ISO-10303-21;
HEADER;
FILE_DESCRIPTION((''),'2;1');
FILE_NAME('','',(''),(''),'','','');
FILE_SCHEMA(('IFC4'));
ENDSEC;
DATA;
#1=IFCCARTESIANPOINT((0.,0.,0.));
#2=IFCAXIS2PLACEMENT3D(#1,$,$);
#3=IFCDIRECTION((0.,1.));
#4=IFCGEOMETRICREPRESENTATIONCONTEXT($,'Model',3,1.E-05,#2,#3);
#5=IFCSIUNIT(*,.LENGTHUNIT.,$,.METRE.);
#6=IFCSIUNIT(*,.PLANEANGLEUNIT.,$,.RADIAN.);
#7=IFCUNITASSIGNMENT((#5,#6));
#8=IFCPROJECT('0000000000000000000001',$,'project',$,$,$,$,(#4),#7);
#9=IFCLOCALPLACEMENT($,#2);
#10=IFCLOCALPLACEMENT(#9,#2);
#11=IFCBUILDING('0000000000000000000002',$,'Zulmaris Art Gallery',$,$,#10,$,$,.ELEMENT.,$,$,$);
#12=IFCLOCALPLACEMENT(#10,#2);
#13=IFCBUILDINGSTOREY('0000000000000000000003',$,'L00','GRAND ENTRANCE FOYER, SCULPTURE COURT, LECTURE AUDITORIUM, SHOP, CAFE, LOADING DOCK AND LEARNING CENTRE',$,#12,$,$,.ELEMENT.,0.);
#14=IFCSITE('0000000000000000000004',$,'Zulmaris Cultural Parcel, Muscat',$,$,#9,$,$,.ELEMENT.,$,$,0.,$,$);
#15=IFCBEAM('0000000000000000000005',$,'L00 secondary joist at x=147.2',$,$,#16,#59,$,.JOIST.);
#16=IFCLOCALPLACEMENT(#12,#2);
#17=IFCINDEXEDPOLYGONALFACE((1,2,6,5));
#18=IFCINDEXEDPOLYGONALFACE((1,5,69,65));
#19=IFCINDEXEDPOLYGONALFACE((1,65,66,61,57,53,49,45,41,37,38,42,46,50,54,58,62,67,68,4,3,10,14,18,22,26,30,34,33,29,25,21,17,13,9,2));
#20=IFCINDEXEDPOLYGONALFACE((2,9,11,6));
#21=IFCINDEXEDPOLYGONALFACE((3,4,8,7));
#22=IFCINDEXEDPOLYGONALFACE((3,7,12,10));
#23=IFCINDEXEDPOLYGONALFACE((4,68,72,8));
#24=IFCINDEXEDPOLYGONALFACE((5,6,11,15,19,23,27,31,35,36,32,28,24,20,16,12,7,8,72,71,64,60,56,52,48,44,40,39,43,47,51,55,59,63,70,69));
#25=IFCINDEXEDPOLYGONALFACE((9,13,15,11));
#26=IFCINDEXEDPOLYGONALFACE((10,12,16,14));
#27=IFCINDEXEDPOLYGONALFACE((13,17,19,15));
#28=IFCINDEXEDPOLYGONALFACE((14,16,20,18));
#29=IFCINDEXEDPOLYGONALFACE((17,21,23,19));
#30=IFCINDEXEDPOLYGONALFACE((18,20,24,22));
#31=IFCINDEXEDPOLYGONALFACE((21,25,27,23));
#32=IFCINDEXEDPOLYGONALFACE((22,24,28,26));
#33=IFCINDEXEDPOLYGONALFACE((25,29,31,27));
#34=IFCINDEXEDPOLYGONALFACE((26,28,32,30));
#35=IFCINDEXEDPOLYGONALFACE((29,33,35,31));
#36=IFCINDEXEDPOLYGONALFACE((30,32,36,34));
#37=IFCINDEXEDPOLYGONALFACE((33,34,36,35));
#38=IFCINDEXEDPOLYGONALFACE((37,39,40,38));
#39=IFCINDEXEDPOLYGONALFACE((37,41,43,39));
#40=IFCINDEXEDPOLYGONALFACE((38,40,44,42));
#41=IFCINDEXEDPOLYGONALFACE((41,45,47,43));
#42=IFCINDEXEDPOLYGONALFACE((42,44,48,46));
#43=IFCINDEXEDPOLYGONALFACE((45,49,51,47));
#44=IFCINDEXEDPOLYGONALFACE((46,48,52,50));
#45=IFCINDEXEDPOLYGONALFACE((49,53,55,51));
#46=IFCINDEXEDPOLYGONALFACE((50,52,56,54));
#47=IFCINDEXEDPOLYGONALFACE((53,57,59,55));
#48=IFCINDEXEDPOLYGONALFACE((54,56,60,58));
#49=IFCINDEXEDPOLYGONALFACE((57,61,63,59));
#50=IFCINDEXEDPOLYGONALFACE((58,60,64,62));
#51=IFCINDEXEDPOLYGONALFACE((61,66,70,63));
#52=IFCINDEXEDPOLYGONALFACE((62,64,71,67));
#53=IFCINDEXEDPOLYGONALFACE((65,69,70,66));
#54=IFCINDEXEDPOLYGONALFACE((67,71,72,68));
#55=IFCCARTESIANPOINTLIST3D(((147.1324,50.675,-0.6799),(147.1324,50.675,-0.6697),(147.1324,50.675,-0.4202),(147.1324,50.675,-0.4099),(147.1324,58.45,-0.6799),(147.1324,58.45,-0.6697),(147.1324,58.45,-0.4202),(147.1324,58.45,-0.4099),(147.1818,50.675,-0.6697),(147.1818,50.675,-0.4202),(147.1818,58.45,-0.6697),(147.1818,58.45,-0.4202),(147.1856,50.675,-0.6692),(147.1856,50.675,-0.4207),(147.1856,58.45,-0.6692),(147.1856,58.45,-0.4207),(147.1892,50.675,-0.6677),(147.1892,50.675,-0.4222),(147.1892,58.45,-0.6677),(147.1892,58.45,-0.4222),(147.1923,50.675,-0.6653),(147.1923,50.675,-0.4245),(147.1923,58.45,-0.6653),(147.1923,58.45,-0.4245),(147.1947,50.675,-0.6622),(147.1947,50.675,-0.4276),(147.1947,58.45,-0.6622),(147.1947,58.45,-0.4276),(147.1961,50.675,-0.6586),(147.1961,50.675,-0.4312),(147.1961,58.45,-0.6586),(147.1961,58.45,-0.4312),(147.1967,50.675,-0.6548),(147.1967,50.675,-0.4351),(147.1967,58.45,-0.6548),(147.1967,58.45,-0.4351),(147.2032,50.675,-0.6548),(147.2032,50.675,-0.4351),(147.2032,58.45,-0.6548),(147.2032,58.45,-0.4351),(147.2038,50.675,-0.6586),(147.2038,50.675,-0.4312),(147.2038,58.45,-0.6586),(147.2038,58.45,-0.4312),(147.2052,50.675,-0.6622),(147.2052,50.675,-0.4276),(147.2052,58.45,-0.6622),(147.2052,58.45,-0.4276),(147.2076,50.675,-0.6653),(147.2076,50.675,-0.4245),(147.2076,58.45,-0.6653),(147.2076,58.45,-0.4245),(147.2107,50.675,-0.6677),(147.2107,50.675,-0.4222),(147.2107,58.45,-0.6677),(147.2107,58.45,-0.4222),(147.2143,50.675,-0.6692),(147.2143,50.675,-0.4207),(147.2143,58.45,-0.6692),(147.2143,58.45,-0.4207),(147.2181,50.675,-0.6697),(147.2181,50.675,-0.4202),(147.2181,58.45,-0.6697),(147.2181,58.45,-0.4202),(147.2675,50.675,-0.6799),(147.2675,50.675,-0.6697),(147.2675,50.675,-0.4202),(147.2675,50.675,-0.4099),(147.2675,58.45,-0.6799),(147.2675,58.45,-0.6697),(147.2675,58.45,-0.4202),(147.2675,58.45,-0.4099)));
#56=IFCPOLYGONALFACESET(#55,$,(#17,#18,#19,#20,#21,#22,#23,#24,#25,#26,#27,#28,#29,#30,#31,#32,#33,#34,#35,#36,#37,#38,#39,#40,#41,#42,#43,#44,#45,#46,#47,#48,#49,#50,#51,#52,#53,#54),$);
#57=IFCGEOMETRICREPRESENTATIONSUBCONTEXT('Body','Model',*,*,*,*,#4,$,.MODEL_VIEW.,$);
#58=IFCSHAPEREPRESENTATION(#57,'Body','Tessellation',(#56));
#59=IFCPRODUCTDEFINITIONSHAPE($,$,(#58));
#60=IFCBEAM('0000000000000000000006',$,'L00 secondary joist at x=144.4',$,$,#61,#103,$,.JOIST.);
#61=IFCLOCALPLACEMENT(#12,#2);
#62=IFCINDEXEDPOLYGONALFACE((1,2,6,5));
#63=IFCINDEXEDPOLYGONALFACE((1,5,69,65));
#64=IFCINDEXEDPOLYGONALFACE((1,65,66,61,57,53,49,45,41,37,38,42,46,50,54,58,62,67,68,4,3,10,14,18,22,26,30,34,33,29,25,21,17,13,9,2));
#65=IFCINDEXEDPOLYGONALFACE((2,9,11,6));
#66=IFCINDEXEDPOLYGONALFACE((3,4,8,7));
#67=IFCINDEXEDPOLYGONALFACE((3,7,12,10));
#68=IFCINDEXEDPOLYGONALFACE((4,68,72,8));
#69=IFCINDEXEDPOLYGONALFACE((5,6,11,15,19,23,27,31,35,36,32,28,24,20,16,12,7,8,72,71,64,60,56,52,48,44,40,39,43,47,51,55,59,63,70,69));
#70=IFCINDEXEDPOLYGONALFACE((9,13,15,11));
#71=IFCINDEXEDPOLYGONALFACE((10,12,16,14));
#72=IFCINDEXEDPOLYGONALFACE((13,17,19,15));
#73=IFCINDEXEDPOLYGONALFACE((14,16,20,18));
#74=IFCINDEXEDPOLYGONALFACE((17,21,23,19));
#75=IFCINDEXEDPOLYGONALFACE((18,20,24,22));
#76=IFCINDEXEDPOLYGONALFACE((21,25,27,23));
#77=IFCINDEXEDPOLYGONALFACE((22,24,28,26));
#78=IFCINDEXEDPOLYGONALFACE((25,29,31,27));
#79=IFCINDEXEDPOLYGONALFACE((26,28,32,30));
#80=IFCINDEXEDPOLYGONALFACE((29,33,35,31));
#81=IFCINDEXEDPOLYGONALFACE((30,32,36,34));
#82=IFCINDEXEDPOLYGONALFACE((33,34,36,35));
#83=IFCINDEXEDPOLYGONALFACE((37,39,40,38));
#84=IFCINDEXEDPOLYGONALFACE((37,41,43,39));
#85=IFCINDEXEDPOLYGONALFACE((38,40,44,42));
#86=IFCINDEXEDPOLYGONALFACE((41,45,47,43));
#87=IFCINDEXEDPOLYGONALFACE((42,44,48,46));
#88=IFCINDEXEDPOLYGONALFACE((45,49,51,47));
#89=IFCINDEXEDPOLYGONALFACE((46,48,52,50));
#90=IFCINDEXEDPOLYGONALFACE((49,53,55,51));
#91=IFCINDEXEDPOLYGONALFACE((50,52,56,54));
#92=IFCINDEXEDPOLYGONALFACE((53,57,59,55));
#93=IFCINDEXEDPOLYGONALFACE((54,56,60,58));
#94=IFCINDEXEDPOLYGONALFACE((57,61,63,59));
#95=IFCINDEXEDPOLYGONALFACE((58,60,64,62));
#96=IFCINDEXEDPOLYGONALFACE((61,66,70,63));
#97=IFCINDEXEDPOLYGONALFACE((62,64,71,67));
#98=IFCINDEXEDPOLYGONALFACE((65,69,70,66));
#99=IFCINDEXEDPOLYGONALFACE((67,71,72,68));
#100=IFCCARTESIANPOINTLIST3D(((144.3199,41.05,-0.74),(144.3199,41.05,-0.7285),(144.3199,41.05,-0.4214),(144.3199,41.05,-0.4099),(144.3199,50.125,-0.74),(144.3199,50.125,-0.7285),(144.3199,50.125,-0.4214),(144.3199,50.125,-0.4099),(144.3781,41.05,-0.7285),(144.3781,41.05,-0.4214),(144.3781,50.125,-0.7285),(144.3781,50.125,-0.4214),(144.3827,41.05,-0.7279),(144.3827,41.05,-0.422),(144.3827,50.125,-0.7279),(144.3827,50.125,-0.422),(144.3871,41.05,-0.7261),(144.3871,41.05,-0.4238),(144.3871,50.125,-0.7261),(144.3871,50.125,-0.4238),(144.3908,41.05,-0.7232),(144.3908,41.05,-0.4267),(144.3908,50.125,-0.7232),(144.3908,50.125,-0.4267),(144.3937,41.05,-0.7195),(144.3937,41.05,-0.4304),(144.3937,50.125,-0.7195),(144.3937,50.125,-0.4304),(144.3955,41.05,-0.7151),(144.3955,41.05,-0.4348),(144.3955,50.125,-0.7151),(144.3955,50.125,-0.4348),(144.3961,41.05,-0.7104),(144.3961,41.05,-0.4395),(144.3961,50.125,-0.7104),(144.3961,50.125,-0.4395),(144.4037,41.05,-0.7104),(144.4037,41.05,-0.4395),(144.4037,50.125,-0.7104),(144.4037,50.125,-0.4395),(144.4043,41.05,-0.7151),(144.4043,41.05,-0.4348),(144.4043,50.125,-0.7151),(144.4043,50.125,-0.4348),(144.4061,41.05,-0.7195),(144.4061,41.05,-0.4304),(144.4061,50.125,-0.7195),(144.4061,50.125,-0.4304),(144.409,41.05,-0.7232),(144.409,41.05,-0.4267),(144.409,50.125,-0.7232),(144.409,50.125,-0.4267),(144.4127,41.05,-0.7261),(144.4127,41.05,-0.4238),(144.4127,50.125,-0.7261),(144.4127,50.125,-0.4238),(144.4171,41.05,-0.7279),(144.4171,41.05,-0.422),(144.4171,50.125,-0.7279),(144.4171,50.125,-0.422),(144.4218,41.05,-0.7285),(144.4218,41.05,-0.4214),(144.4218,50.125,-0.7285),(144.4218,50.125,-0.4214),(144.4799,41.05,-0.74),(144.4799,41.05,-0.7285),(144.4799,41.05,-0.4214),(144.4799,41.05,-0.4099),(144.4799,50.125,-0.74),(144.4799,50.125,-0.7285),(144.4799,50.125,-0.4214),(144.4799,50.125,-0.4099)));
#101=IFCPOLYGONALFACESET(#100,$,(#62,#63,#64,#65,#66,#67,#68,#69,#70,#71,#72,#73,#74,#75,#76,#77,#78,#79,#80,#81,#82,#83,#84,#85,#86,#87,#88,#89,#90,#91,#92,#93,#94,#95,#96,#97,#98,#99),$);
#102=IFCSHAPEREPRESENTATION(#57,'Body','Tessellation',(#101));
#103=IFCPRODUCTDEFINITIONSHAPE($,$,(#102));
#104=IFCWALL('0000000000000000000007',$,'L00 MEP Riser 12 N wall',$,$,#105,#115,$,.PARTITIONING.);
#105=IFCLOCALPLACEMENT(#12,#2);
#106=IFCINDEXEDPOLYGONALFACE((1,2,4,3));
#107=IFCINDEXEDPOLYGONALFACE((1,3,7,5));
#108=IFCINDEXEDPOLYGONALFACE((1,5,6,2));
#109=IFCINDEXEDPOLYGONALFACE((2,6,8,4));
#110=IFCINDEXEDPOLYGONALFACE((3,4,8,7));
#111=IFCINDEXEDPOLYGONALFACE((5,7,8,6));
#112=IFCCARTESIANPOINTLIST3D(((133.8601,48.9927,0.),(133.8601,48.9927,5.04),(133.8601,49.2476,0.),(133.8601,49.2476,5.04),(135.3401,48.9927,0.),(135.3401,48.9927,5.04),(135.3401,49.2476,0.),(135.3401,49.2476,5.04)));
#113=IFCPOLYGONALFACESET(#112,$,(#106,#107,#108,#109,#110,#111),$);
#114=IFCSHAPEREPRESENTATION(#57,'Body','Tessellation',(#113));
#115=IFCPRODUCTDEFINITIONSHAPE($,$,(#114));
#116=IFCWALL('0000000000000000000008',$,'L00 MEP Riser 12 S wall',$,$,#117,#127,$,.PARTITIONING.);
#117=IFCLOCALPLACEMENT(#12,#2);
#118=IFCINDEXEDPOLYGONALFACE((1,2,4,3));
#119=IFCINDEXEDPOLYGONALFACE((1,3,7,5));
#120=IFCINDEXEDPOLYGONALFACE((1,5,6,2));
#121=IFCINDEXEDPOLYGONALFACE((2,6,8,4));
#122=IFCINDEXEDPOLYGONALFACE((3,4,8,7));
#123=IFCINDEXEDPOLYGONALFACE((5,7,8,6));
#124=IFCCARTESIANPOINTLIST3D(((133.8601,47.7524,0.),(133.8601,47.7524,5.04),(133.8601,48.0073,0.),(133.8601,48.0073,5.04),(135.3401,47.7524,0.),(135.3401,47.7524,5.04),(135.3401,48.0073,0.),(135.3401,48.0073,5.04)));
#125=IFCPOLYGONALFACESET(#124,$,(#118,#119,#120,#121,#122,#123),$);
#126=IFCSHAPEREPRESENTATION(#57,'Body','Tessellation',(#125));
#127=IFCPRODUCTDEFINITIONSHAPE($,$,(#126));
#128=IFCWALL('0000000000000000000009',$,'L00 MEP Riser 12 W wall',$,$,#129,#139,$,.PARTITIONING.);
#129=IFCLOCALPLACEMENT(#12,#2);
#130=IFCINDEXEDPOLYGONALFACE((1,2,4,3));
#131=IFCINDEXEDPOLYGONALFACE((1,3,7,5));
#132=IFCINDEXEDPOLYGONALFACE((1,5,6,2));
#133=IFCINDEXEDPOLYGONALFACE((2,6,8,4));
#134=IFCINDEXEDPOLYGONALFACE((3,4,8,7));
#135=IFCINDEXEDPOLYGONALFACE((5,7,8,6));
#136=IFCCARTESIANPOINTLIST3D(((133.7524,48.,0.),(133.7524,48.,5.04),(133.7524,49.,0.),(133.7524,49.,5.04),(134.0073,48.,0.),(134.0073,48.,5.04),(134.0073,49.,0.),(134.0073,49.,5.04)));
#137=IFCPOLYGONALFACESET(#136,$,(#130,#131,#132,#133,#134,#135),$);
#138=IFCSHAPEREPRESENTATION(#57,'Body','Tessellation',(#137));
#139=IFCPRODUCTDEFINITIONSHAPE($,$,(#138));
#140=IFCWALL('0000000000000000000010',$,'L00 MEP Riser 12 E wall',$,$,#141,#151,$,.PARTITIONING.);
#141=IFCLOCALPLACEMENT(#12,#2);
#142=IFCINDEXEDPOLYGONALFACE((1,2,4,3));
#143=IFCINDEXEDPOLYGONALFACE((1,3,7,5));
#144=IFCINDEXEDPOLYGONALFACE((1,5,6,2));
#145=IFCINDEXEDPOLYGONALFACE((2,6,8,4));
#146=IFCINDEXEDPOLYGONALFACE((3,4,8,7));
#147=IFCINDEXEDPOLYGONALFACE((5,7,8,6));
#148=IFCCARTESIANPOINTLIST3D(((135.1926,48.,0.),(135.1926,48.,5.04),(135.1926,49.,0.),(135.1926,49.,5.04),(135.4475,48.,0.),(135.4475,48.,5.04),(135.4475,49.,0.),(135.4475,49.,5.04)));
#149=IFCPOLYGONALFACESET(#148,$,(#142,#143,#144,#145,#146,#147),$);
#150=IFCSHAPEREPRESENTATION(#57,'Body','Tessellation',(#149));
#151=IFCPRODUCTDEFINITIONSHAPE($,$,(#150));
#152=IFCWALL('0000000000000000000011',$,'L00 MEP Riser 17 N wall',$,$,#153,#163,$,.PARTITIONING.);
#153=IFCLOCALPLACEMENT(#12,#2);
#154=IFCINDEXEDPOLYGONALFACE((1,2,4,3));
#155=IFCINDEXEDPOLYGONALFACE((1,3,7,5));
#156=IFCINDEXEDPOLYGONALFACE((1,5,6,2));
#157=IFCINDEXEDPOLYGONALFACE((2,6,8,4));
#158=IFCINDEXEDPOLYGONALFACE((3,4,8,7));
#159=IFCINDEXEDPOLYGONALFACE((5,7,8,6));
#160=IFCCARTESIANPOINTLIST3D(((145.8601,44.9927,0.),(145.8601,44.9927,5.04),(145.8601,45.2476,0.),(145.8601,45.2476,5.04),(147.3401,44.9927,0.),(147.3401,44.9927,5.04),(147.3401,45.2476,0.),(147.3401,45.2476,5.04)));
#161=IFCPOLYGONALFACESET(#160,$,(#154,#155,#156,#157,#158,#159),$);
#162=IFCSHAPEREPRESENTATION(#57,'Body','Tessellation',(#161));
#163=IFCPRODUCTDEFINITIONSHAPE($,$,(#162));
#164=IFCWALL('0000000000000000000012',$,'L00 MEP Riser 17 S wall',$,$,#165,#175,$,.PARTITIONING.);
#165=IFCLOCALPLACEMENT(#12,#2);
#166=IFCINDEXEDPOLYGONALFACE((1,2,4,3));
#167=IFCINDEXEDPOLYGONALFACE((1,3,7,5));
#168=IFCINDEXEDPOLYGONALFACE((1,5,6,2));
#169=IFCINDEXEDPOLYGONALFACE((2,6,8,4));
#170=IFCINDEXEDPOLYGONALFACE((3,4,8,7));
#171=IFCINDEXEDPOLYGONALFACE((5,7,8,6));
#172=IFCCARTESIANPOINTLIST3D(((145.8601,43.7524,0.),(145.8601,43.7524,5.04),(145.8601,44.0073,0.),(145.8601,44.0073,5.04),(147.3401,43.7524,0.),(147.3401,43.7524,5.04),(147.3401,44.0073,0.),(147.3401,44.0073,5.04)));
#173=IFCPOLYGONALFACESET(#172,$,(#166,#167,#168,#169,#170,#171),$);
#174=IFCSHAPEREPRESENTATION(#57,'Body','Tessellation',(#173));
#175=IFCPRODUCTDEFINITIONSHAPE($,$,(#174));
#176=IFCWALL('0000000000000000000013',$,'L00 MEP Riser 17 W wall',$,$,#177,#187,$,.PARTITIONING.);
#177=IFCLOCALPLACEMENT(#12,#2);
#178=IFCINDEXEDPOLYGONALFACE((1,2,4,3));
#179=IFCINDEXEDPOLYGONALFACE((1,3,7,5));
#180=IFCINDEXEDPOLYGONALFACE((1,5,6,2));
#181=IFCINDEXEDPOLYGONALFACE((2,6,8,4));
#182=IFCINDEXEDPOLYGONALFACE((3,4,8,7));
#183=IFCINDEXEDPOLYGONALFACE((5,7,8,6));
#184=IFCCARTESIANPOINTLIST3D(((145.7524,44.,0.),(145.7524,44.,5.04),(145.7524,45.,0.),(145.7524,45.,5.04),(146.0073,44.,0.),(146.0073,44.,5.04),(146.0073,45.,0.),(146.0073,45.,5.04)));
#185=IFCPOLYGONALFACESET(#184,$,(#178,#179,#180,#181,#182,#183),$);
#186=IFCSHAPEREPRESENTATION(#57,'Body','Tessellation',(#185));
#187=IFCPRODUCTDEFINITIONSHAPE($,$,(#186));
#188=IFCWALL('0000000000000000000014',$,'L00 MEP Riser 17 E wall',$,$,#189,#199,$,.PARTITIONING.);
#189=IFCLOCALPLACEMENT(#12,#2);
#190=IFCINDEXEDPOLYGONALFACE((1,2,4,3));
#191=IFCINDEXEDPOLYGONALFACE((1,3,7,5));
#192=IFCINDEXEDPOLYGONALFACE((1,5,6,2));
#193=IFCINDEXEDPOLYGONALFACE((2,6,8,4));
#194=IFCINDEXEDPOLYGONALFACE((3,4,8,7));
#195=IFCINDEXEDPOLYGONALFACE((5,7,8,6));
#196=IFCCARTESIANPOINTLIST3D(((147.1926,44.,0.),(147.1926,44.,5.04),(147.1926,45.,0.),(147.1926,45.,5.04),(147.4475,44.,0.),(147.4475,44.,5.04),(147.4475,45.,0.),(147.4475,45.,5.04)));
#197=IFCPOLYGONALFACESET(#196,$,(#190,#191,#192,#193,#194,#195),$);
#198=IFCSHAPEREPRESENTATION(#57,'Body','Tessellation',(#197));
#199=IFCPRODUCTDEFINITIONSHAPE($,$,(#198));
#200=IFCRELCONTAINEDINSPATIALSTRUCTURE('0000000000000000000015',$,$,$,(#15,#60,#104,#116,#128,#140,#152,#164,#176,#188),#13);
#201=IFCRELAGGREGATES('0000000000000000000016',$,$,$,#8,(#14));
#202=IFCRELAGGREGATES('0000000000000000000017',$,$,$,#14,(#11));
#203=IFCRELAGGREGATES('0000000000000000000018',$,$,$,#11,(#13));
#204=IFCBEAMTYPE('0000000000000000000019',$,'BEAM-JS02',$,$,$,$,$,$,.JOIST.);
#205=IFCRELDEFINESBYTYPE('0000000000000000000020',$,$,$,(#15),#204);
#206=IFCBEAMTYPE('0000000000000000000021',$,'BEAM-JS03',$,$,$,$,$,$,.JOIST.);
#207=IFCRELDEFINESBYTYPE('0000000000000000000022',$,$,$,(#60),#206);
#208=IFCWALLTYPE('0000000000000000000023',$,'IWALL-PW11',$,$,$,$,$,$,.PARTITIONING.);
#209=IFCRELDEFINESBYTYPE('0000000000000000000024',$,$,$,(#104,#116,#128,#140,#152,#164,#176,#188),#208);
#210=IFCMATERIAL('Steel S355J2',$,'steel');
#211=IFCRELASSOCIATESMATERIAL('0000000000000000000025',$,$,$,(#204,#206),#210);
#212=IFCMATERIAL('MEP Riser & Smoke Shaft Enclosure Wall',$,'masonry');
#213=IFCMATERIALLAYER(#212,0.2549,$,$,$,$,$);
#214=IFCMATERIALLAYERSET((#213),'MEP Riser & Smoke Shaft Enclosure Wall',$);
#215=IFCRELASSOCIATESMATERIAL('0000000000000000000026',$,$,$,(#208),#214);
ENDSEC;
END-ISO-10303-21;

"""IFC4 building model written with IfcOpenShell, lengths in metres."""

from ifc_helpers import new_model, si_unit, direction, frame, frame_2d, origin, origin_2d, place, context, subcontext, project, spatial, rectangle, i_section, extrude, material, layer, layer_set, material_profile, profile_set, type_object, element, save


model = new_model("IFC4")

# Units and contexts
model_context = context("Model", 3, precision=1e-05, world=origin(), true_north=direction((0.0, 1.0)))
body_context = subcontext(model_context, "Body", "Model", "MODEL_VIEW")
ifc_project = project(units=[si_unit("LENGTHUNIT", "METRE"), si_unit("PLANEANGLEUNIT", "RADIAN")], contexts=[model_context])

# Site, building, storey
site_placement = place(None, origin())
site = spatial("IfcSite", under=ifc_project, at=site_placement, Name="Zulmaris Cultural Parcel, Muscat", CompositionType="ELEMENT", RefElevation=0.0)
building_placement = place(site_placement, origin())
building = spatial("IfcBuilding", under=site, at=building_placement, Name="Zulmaris Art Gallery", CompositionType="ELEMENT")
storey_placement = place(building_placement, origin())
storey = spatial("IfcBuildingStorey", under=building, at=storey_placement, Name="L00", Description="GRAND ENTRANCE FOYER, SCULPTURE COURT, LECTURE AUDITORIUM, SHOP, CAFE, LOADING DOCK AND LEARNING CENTRE", CompositionType="ELEMENT", Elevation=0.0)

# Beams
ifc_material_1 = material(Name="Steel S355J2", Category="steel")
ifc_material_profile_1 = material_profile(ifc_material_1, i_section(OverallWidth=0.135, OverallDepth=0.27, WebThickness=0.0066, FlangeThickness=0.0103, FilletRadius=0.0149, at=origin_2d()), Name="IPE 270")
ifc_profile_set_1 = profile_set([ifc_material_profile_1], Name="Steel S355J2")
beam_type_1 = type_object("IfcBeamType", Name="BEAM-JS02", PredefinedType="JOIST", material=ifc_profile_set_1)
beam_1_placement = place(storey_placement, frame((147.2, 50.675, -0.5449), z_axis=(0.0, 1.0, 0.0), x_axis=(-1.0, 0.0, 0.0)))
element("IfcBeam", 1, at=beam_1_placement, inside=storey, type_object=beam_type_1, Name="L00 secondary joist at x=147.2", PredefinedType="JOIST", context=body_context, shape_type="SweptSolid", body=[
    extrude(i_section(OverallWidth=0.135, OverallDepth=0.27, WebThickness=0.0066, FlangeThickness=0.0103, FilletRadius=0.0149, at=origin_2d()), origin(), (0.0, 0.0, 1.0), 7.7749),
])
ifc_material_profile_2 = material_profile(ifc_material_1, i_section(OverallWidth=0.1599, OverallDepth=0.3301, WebThickness=0.0076, FlangeThickness=0.0115, FilletRadius=0.0181, at=origin_2d()), Name="IPE 330")
ifc_profile_set_2 = profile_set([ifc_material_profile_2], Name="Steel S355J2")
beam_type_2 = type_object("IfcBeamType", Name="BEAM-JS03", PredefinedType="JOIST", material=ifc_profile_set_2)
beam_2_placement = place(storey_placement, frame((144.3999, 41.05, -0.575), z_axis=(0.0, 1.0, 0.0), x_axis=(-1.0, 0.0, 0.0)))
element("IfcBeam", 2, at=beam_2_placement, inside=storey, type_object=beam_type_2, Name="L00 secondary joist at x=144.4", PredefinedType="JOIST", context=body_context, shape_type="SweptSolid", body=[
    extrude(i_section(OverallWidth=0.1599, OverallDepth=0.3301, WebThickness=0.0076, FlangeThickness=0.0115, FilletRadius=0.0181, at=origin_2d()), origin(), (0.0, 0.0, 1.0), 9.075),
])

# Walls
ifc_material_2 = material(Name="MEP Riser & Smoke Shaft Enclosure Wall", Category="masonry")
ifc_layer = layer(ifc_material_2, 0.2549)
ifc_layer_set = layer_set([ifc_layer], Name="MEP Riser & Smoke Shaft Enclosure Wall")
wall_type = type_object("IfcWallType", Name="IWALL-PW11", PredefinedType="PARTITIONING", material=ifc_layer_set)
for number, where, z_axis, x_axis, name in (
    (3, (133.8601, 49.1201, 0.0), (0.0, 0.0, 1.0), (1.0, 0.0, 0.0), "L00 MEP Riser 12 N wall"),
    (4, (133.8601, 47.8799, 0.0), (0.0, 0.0, 1.0), (1.0, 0.0, 0.0), "L00 MEP Riser 12 S wall"),
):
    element("IfcWall", number, at=place(storey_placement, frame(where, z_axis=z_axis, x_axis=x_axis)), inside=storey, type_object=wall_type, Name=name, PredefinedType="PARTITIONING", context=body_context, shape_type="SweptSolid", body=[
        extrude(rectangle(XDim=1.48, YDim=0.2549, at=frame_2d((0.74, 0.0))), origin(), (0.0, 0.0, 1.0), 5.04),
    ])
for number, where, z_axis, x_axis, name in (
    (5, (133.8799, 48.0, 0.0), (0.0, 0.0, 1.0), (0.0, 1.0, 0.0), "L00 MEP Riser 12 W wall"),
    (6, (135.3201, 48.0, 0.0), (0.0, 0.0, 1.0), (0.0, 1.0, 0.0), "L00 MEP Riser 12 E wall"),
):
    element("IfcWall", number, at=place(storey_placement, frame(where, z_axis=z_axis, x_axis=x_axis)), inside=storey, type_object=wall_type, Name=name, PredefinedType="PARTITIONING", context=body_context, shape_type="SweptSolid", body=[
        extrude(rectangle(XDim=1.0, YDim=0.2549, at=frame_2d((0.5, 0.0))), origin(), (0.0, 0.0, 1.0), 5.04),
    ])
for number, where, z_axis, x_axis, name in (
    (7, (145.8601, 45.1201, 0.0), (0.0, 0.0, 1.0), (1.0, 0.0, 0.0), "L00 MEP Riser 17 N wall"),
    (8, (145.8601, 43.8799, 0.0), (0.0, 0.0, 1.0), (1.0, 0.0, 0.0), "L00 MEP Riser 17 S wall"),
):
    element("IfcWall", number, at=place(storey_placement, frame(where, z_axis=z_axis, x_axis=x_axis)), inside=storey, type_object=wall_type, Name=name, PredefinedType="PARTITIONING", context=body_context, shape_type="SweptSolid", body=[
        extrude(rectangle(XDim=1.48, YDim=0.2549, at=frame_2d((0.74, 0.0))), origin(), (0.0, 0.0, 1.0), 5.04),
    ])
for number, where, z_axis, x_axis, name in (
    (9, (145.8799, 44.0, 0.0), (0.0, 0.0, 1.0), (0.0, 1.0, 0.0), "L00 MEP Riser 17 W wall"),
    (10, (147.3201, 44.0, 0.0), (0.0, 0.0, 1.0), (0.0, 1.0, 0.0), "L00 MEP Riser 17 E wall"),
):
    element("IfcWall", number, at=place(storey_placement, frame(where, z_axis=z_axis, x_axis=x_axis)), inside=storey, type_object=wall_type, Name=name, PredefinedType="PARTITIONING", context=body_context, shape_type="SweptSolid", body=[
        extrude(rectangle(XDim=1.0, YDim=0.2549, at=frame_2d((0.5, 0.0))), origin(), (0.0, 0.0, 1.0), 5.04),
    ])

save(model, "model.ifc")
